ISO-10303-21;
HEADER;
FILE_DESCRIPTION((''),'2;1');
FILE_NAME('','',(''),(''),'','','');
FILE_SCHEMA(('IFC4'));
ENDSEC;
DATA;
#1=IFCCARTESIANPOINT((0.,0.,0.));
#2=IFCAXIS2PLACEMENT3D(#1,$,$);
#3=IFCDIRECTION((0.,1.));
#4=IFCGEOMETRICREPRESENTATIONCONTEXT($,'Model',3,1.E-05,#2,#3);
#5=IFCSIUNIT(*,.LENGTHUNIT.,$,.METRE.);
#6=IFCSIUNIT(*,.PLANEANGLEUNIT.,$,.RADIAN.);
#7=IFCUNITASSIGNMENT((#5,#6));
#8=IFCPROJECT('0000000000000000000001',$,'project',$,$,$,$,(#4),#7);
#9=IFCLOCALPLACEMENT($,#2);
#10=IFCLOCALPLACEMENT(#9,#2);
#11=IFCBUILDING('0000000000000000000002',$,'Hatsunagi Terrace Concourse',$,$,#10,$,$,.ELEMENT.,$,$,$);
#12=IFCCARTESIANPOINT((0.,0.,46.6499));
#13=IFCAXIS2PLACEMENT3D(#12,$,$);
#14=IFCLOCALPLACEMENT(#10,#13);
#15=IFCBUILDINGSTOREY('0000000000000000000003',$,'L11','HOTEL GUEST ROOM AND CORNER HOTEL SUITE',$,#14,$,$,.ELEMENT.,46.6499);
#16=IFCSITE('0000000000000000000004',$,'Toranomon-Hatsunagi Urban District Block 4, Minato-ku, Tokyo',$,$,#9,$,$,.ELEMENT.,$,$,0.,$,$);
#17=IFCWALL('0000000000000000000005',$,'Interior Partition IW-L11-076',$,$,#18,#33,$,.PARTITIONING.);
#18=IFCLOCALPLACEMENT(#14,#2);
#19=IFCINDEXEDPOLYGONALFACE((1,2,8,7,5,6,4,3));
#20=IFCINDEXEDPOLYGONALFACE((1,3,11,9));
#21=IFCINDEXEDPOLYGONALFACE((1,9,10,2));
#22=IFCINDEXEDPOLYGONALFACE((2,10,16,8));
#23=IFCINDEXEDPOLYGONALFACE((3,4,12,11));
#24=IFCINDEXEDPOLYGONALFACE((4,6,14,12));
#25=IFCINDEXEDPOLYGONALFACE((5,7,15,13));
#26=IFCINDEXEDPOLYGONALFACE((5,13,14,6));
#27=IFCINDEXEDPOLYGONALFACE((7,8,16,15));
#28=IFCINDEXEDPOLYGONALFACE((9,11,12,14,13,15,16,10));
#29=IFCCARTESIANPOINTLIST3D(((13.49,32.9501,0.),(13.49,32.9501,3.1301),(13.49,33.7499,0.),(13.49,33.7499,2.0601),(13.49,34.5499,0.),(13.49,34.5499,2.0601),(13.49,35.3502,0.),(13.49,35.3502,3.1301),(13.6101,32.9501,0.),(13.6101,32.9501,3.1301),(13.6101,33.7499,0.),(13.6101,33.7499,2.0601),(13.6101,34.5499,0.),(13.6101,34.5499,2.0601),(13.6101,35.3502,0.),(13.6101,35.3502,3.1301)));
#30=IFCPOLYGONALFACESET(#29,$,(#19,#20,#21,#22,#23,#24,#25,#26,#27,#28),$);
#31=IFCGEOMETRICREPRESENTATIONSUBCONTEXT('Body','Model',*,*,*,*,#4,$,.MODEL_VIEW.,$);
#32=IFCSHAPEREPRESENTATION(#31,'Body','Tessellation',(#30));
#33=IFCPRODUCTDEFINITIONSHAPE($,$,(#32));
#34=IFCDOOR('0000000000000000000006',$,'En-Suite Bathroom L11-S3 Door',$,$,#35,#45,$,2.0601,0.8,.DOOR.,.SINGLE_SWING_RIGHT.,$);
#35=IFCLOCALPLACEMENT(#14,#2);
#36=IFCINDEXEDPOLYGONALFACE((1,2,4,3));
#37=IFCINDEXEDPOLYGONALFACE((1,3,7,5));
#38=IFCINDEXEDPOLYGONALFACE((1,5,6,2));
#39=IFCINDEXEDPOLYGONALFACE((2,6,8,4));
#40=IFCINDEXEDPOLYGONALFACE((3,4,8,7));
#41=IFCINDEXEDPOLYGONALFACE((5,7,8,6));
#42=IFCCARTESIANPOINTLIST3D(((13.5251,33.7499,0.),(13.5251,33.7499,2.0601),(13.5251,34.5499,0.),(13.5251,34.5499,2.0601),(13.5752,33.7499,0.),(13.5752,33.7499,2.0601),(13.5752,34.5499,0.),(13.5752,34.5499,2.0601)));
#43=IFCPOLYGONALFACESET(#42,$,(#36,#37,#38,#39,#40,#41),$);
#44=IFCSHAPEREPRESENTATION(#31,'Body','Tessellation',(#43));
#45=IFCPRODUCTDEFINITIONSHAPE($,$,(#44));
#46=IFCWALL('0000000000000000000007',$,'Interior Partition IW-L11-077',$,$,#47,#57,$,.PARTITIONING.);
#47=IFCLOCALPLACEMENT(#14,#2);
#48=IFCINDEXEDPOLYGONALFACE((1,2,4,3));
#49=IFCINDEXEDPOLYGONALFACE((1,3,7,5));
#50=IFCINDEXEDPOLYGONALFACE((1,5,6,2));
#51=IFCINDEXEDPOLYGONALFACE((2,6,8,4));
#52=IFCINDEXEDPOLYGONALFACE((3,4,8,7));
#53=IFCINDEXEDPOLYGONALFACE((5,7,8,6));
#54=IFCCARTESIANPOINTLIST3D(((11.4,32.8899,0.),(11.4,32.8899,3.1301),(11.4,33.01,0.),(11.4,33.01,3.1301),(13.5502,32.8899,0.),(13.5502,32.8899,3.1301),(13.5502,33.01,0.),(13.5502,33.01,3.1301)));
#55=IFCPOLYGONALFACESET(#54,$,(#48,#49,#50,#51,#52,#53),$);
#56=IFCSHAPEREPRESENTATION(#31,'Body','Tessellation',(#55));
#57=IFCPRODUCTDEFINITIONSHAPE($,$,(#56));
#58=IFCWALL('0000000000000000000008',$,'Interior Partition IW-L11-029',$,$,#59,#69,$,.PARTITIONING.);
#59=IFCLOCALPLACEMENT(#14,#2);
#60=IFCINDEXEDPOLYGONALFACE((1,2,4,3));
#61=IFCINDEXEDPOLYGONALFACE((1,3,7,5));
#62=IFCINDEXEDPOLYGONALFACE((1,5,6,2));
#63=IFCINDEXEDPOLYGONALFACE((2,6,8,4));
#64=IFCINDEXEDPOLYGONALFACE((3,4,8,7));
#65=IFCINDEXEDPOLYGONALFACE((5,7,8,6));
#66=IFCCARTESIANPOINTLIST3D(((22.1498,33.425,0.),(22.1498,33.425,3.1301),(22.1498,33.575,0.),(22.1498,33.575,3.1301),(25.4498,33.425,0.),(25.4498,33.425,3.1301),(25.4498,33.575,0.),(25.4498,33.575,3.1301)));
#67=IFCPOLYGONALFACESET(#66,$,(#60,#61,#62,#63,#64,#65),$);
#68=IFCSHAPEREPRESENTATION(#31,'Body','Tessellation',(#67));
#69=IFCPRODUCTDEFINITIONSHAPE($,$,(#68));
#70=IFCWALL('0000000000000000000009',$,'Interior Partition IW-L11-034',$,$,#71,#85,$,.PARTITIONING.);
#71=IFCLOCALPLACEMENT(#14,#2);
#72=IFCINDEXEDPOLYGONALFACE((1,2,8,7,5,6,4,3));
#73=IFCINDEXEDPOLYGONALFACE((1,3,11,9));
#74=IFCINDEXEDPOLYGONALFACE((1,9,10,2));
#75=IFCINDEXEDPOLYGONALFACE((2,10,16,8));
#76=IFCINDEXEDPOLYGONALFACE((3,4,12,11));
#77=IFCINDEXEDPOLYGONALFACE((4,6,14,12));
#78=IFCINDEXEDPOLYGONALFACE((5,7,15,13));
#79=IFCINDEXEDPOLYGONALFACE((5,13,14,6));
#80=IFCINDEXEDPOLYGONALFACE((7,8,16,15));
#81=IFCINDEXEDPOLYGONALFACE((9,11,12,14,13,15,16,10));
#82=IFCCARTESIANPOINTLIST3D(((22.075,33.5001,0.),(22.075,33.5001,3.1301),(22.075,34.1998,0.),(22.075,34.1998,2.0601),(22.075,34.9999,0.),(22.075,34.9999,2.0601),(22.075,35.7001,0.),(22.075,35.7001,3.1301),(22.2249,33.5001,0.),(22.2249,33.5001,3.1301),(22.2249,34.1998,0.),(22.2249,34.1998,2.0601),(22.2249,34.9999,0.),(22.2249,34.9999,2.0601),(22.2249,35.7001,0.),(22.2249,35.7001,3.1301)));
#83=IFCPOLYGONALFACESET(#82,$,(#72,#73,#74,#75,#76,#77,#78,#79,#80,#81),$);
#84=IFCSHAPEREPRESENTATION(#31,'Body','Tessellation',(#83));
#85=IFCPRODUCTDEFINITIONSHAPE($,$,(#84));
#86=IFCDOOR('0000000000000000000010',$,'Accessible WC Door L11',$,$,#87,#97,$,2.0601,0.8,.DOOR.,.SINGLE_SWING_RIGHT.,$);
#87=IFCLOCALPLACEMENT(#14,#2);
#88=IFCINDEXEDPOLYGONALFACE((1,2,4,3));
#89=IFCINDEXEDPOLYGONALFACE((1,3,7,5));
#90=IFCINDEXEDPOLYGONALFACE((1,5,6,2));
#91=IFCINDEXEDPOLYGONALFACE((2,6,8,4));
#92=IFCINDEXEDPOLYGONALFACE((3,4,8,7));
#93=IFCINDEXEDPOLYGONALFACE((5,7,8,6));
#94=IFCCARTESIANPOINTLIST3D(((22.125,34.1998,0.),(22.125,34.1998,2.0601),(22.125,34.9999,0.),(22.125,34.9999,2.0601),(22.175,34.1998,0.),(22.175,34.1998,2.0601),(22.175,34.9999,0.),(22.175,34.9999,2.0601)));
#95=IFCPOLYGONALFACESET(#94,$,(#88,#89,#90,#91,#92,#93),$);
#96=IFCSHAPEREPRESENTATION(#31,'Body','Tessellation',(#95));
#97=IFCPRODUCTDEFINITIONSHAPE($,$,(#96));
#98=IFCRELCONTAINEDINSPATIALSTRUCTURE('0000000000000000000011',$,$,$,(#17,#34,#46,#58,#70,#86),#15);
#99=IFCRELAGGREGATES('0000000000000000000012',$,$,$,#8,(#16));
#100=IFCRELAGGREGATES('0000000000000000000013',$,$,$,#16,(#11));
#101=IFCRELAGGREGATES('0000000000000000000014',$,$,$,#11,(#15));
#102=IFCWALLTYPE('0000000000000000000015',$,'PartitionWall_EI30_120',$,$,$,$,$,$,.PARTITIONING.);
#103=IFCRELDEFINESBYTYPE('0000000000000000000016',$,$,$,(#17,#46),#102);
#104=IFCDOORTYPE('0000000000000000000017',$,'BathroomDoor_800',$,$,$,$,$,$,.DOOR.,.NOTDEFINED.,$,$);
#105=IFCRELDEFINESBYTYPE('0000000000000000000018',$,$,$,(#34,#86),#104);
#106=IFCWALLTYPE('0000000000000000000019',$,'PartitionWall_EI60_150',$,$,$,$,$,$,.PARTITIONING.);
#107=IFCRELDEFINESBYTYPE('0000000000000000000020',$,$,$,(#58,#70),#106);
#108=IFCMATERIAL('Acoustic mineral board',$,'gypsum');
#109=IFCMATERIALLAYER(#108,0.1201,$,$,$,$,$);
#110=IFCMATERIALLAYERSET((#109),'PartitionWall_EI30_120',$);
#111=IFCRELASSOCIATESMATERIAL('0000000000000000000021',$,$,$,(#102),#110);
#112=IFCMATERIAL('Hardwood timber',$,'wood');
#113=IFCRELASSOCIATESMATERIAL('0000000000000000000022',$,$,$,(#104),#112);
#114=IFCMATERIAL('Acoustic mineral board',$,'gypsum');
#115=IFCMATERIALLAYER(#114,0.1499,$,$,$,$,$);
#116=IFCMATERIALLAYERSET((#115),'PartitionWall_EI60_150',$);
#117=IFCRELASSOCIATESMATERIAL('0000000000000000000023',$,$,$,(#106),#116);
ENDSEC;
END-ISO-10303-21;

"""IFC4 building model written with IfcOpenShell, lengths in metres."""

from ifc_helpers import new_model, si_unit, direction, frame, frame_2d, origin, place, context, subcontext, project, spatial, rectangle, extrude, material, layer, layer_set, type_object, element, fill, save


model = new_model("IFC4")

# Units and contexts
model_context = context("Model", 3, precision=1e-05, world=origin(), true_north=direction((0.0, 1.0)))
body_context = subcontext(model_context, "Body", "Model", "MODEL_VIEW")
ifc_project = project(units=[si_unit("LENGTHUNIT", "METRE"), si_unit("PLANEANGLEUNIT", "RADIAN")], contexts=[model_context])

# Site, building, storey
site_placement = place(None, origin())
site = spatial("IfcSite", under=ifc_project, at=site_placement, Name="Toranomon-Hatsunagi Urban District Block 4, Minato-ku, Tokyo", CompositionType="ELEMENT", RefElevation=0.0)
building_placement = place(site_placement, origin())
building = spatial("IfcBuilding", under=site, at=building_placement, Name="Hatsunagi Terrace Concourse", CompositionType="ELEMENT")
storey_placement = place(building_placement, frame((0.0, 0.0, 46.6499)))
storey = spatial("IfcBuildingStorey", under=building, at=storey_placement, Name="L11", Description="HOTEL GUEST ROOM AND CORNER HOTEL SUITE", CompositionType="ELEMENT", Elevation=46.6499)

# Wall, opening, door
ifc_material_1 = material(Name="Acoustic mineral board", Category="gypsum")
ifc_layer_1 = layer(ifc_material_1, 0.1201)
ifc_layer_set_1 = layer_set([ifc_layer_1], Name="PartitionWall_EI30_120")
wall_type_1 = type_object("IfcWallType", Name="PartitionWall_EI30_120", PredefinedType="PARTITIONING", material=ifc_layer_set_1)
wall_1_placement = place(storey_placement, frame((13.55, 32.95, 0.0), z_axis=(0.0, 0.0, 1.0), x_axis=(0.0, 1.0, 0.0)))
wall_1 = element("IfcWall", 1, at=wall_1_placement, inside=storey, type_object=wall_type_1, Name="Interior Partition IW-L11-076", PredefinedType="PARTITIONING", context=body_context, shape_type="SweptSolid", body=[
    extrude(rectangle(XDim=2.4001, YDim=0.1201, at=frame_2d((1.2002, 0.0))), origin(), (0.0, 0.0, 1.0), 3.1301),
])
opening_1_placement = place(wall_1_placement, frame((0.8, 0.0, 0.0)))
opening_1 = element("IfcOpeningElement", 2, at=opening_1_placement, cuts=wall_1, PredefinedType="OPENING", context=body_context, shape_type="SweptSolid", body=[
    extrude(rectangle(XDim=0.8, YDim=2.0601, at=frame_2d((0.3999, 1.03))), frame((0.0, 0.0701, 0.0), z_axis=(0.0, -1.0, 0.0), x_axis=(1.0, 0.0, 0.0)), (0.0, 0.0, 1.0), 0.1401),
])
ifc_material_2 = material(Name="Hardwood timber", Category="wood")
door_type_1 = type_object("IfcDoorType", Name="BathroomDoor_800", OperationType="NOTDEFINED", PredefinedType="DOOR", material=ifc_material_2)
door_1_placement = place(opening_1_placement, origin())
door_1 = element("IfcDoor", 3, at=door_1_placement, inside=storey, type_object=door_type_1, Name="En-Suite Bathroom L11-S3 Door", OperationType="SINGLE_SWING_RIGHT", OverallHeight=2.0601, OverallWidth=0.8, PredefinedType="DOOR", context=body_context, shape_type="SweptSolid", body=[
    extrude(rectangle(XDim=0.8, YDim=2.0601, at=frame_2d((0.3999, 1.03))), frame((0.0, 0.0249, 0.0), z_axis=(0.0, -1.0, 0.0), x_axis=(1.0, 0.0, 0.0)), (0.0, 0.0, 1.0), 0.05),
])
fill(opening_1, door_1)

# Walls
wall_2_placement = place(storey_placement, frame((11.3999, 32.95, 0.0), z_axis=(0.0, 0.0, 1.0), x_axis=(1.0, 0.0, 0.0)))
element("IfcWall", 4, at=wall_2_placement, inside=storey, type_object=wall_type_1, Name="Interior Partition IW-L11-077", PredefinedType="PARTITIONING", context=body_context, shape_type="SweptSolid", body=[
    extrude(rectangle(XDim=2.1501, YDim=0.1201, at=frame_2d((1.0752, 0.0))), origin(), (0.0, 0.0, 1.0), 3.1301),
])
ifc_material_3 = material(Name="Acoustic mineral board", Category="gypsum")
ifc_layer_2 = layer(ifc_material_3, 0.1499)
ifc_layer_set_2 = layer_set([ifc_layer_2], Name="PartitionWall_EI60_150")
wall_type_2 = type_object("IfcWallType", Name="PartitionWall_EI60_150", PredefinedType="PARTITIONING", material=ifc_layer_set_2)
wall_3_placement = place(storey_placement, frame((22.1499, 33.5, 0.0), z_axis=(0.0, 0.0, 1.0), x_axis=(1.0, 0.0, 0.0)))
element("IfcWall", 5, at=wall_3_placement, inside=storey, type_object=wall_type_2, Name="Interior Partition IW-L11-029", PredefinedType="PARTITIONING", context=body_context, shape_type="SweptSolid", body=[
    extrude(rectangle(XDim=3.3, YDim=0.1499, at=frame_2d((1.6499, 0.0))), origin(), (0.0, 0.0, 1.0), 3.1301),
])

# Wall, opening, door
wall_4_placement = place(storey_placement, frame((22.1499, 33.5, 0.0), z_axis=(0.0, 0.0, 1.0), x_axis=(0.0, 1.0, 0.0)))
wall_4 = element("IfcWall", 6, at=wall_4_placement, inside=storey, type_object=wall_type_2, Name="Interior Partition IW-L11-034", PredefinedType="PARTITIONING", context=body_context, shape_type="SweptSolid", body=[
    extrude(rectangle(XDim=2.2, YDim=0.1499, at=frame_2d((1.1001, 0.0))), origin(), (0.0, 0.0, 1.0), 3.1301),
])
opening_2_placement = place(wall_4_placement, frame((0.7, 0.0, 0.0)))
opening_2 = element("IfcOpeningElement", 7, at=opening_2_placement, cuts=wall_4, PredefinedType="OPENING", context=body_context, shape_type="SweptSolid", body=[
    extrude(rectangle(XDim=0.8, YDim=2.0601, at=frame_2d((0.3999, 1.03))), frame((0.0, 0.085, 0.0), z_axis=(0.0, -1.0, 0.0), x_axis=(1.0, 0.0, 0.0)), (0.0, 0.0, 1.0), 0.1699),
])
door_2_placement = place(opening_2_placement, origin())
door_2 = element("IfcDoor", 8, at=door_2_placement, inside=storey, type_object=door_type_1, Name="Accessible WC Door L11", OperationType="SINGLE_SWING_RIGHT", OverallHeight=2.0601, OverallWidth=0.8, PredefinedType="DOOR", context=body_context, shape_type="SweptSolid", body=[
    extrude(rectangle(XDim=0.8, YDim=2.0601, at=frame_2d((0.3999, 1.03))), frame((0.0, 0.0249, 0.0), z_axis=(0.0, -1.0, 0.0), x_axis=(1.0, 0.0, 0.0)), (0.0, 0.0, 1.0), 0.05),
])
fill(opening_2, door_2)

save(model, "model.ifc")
